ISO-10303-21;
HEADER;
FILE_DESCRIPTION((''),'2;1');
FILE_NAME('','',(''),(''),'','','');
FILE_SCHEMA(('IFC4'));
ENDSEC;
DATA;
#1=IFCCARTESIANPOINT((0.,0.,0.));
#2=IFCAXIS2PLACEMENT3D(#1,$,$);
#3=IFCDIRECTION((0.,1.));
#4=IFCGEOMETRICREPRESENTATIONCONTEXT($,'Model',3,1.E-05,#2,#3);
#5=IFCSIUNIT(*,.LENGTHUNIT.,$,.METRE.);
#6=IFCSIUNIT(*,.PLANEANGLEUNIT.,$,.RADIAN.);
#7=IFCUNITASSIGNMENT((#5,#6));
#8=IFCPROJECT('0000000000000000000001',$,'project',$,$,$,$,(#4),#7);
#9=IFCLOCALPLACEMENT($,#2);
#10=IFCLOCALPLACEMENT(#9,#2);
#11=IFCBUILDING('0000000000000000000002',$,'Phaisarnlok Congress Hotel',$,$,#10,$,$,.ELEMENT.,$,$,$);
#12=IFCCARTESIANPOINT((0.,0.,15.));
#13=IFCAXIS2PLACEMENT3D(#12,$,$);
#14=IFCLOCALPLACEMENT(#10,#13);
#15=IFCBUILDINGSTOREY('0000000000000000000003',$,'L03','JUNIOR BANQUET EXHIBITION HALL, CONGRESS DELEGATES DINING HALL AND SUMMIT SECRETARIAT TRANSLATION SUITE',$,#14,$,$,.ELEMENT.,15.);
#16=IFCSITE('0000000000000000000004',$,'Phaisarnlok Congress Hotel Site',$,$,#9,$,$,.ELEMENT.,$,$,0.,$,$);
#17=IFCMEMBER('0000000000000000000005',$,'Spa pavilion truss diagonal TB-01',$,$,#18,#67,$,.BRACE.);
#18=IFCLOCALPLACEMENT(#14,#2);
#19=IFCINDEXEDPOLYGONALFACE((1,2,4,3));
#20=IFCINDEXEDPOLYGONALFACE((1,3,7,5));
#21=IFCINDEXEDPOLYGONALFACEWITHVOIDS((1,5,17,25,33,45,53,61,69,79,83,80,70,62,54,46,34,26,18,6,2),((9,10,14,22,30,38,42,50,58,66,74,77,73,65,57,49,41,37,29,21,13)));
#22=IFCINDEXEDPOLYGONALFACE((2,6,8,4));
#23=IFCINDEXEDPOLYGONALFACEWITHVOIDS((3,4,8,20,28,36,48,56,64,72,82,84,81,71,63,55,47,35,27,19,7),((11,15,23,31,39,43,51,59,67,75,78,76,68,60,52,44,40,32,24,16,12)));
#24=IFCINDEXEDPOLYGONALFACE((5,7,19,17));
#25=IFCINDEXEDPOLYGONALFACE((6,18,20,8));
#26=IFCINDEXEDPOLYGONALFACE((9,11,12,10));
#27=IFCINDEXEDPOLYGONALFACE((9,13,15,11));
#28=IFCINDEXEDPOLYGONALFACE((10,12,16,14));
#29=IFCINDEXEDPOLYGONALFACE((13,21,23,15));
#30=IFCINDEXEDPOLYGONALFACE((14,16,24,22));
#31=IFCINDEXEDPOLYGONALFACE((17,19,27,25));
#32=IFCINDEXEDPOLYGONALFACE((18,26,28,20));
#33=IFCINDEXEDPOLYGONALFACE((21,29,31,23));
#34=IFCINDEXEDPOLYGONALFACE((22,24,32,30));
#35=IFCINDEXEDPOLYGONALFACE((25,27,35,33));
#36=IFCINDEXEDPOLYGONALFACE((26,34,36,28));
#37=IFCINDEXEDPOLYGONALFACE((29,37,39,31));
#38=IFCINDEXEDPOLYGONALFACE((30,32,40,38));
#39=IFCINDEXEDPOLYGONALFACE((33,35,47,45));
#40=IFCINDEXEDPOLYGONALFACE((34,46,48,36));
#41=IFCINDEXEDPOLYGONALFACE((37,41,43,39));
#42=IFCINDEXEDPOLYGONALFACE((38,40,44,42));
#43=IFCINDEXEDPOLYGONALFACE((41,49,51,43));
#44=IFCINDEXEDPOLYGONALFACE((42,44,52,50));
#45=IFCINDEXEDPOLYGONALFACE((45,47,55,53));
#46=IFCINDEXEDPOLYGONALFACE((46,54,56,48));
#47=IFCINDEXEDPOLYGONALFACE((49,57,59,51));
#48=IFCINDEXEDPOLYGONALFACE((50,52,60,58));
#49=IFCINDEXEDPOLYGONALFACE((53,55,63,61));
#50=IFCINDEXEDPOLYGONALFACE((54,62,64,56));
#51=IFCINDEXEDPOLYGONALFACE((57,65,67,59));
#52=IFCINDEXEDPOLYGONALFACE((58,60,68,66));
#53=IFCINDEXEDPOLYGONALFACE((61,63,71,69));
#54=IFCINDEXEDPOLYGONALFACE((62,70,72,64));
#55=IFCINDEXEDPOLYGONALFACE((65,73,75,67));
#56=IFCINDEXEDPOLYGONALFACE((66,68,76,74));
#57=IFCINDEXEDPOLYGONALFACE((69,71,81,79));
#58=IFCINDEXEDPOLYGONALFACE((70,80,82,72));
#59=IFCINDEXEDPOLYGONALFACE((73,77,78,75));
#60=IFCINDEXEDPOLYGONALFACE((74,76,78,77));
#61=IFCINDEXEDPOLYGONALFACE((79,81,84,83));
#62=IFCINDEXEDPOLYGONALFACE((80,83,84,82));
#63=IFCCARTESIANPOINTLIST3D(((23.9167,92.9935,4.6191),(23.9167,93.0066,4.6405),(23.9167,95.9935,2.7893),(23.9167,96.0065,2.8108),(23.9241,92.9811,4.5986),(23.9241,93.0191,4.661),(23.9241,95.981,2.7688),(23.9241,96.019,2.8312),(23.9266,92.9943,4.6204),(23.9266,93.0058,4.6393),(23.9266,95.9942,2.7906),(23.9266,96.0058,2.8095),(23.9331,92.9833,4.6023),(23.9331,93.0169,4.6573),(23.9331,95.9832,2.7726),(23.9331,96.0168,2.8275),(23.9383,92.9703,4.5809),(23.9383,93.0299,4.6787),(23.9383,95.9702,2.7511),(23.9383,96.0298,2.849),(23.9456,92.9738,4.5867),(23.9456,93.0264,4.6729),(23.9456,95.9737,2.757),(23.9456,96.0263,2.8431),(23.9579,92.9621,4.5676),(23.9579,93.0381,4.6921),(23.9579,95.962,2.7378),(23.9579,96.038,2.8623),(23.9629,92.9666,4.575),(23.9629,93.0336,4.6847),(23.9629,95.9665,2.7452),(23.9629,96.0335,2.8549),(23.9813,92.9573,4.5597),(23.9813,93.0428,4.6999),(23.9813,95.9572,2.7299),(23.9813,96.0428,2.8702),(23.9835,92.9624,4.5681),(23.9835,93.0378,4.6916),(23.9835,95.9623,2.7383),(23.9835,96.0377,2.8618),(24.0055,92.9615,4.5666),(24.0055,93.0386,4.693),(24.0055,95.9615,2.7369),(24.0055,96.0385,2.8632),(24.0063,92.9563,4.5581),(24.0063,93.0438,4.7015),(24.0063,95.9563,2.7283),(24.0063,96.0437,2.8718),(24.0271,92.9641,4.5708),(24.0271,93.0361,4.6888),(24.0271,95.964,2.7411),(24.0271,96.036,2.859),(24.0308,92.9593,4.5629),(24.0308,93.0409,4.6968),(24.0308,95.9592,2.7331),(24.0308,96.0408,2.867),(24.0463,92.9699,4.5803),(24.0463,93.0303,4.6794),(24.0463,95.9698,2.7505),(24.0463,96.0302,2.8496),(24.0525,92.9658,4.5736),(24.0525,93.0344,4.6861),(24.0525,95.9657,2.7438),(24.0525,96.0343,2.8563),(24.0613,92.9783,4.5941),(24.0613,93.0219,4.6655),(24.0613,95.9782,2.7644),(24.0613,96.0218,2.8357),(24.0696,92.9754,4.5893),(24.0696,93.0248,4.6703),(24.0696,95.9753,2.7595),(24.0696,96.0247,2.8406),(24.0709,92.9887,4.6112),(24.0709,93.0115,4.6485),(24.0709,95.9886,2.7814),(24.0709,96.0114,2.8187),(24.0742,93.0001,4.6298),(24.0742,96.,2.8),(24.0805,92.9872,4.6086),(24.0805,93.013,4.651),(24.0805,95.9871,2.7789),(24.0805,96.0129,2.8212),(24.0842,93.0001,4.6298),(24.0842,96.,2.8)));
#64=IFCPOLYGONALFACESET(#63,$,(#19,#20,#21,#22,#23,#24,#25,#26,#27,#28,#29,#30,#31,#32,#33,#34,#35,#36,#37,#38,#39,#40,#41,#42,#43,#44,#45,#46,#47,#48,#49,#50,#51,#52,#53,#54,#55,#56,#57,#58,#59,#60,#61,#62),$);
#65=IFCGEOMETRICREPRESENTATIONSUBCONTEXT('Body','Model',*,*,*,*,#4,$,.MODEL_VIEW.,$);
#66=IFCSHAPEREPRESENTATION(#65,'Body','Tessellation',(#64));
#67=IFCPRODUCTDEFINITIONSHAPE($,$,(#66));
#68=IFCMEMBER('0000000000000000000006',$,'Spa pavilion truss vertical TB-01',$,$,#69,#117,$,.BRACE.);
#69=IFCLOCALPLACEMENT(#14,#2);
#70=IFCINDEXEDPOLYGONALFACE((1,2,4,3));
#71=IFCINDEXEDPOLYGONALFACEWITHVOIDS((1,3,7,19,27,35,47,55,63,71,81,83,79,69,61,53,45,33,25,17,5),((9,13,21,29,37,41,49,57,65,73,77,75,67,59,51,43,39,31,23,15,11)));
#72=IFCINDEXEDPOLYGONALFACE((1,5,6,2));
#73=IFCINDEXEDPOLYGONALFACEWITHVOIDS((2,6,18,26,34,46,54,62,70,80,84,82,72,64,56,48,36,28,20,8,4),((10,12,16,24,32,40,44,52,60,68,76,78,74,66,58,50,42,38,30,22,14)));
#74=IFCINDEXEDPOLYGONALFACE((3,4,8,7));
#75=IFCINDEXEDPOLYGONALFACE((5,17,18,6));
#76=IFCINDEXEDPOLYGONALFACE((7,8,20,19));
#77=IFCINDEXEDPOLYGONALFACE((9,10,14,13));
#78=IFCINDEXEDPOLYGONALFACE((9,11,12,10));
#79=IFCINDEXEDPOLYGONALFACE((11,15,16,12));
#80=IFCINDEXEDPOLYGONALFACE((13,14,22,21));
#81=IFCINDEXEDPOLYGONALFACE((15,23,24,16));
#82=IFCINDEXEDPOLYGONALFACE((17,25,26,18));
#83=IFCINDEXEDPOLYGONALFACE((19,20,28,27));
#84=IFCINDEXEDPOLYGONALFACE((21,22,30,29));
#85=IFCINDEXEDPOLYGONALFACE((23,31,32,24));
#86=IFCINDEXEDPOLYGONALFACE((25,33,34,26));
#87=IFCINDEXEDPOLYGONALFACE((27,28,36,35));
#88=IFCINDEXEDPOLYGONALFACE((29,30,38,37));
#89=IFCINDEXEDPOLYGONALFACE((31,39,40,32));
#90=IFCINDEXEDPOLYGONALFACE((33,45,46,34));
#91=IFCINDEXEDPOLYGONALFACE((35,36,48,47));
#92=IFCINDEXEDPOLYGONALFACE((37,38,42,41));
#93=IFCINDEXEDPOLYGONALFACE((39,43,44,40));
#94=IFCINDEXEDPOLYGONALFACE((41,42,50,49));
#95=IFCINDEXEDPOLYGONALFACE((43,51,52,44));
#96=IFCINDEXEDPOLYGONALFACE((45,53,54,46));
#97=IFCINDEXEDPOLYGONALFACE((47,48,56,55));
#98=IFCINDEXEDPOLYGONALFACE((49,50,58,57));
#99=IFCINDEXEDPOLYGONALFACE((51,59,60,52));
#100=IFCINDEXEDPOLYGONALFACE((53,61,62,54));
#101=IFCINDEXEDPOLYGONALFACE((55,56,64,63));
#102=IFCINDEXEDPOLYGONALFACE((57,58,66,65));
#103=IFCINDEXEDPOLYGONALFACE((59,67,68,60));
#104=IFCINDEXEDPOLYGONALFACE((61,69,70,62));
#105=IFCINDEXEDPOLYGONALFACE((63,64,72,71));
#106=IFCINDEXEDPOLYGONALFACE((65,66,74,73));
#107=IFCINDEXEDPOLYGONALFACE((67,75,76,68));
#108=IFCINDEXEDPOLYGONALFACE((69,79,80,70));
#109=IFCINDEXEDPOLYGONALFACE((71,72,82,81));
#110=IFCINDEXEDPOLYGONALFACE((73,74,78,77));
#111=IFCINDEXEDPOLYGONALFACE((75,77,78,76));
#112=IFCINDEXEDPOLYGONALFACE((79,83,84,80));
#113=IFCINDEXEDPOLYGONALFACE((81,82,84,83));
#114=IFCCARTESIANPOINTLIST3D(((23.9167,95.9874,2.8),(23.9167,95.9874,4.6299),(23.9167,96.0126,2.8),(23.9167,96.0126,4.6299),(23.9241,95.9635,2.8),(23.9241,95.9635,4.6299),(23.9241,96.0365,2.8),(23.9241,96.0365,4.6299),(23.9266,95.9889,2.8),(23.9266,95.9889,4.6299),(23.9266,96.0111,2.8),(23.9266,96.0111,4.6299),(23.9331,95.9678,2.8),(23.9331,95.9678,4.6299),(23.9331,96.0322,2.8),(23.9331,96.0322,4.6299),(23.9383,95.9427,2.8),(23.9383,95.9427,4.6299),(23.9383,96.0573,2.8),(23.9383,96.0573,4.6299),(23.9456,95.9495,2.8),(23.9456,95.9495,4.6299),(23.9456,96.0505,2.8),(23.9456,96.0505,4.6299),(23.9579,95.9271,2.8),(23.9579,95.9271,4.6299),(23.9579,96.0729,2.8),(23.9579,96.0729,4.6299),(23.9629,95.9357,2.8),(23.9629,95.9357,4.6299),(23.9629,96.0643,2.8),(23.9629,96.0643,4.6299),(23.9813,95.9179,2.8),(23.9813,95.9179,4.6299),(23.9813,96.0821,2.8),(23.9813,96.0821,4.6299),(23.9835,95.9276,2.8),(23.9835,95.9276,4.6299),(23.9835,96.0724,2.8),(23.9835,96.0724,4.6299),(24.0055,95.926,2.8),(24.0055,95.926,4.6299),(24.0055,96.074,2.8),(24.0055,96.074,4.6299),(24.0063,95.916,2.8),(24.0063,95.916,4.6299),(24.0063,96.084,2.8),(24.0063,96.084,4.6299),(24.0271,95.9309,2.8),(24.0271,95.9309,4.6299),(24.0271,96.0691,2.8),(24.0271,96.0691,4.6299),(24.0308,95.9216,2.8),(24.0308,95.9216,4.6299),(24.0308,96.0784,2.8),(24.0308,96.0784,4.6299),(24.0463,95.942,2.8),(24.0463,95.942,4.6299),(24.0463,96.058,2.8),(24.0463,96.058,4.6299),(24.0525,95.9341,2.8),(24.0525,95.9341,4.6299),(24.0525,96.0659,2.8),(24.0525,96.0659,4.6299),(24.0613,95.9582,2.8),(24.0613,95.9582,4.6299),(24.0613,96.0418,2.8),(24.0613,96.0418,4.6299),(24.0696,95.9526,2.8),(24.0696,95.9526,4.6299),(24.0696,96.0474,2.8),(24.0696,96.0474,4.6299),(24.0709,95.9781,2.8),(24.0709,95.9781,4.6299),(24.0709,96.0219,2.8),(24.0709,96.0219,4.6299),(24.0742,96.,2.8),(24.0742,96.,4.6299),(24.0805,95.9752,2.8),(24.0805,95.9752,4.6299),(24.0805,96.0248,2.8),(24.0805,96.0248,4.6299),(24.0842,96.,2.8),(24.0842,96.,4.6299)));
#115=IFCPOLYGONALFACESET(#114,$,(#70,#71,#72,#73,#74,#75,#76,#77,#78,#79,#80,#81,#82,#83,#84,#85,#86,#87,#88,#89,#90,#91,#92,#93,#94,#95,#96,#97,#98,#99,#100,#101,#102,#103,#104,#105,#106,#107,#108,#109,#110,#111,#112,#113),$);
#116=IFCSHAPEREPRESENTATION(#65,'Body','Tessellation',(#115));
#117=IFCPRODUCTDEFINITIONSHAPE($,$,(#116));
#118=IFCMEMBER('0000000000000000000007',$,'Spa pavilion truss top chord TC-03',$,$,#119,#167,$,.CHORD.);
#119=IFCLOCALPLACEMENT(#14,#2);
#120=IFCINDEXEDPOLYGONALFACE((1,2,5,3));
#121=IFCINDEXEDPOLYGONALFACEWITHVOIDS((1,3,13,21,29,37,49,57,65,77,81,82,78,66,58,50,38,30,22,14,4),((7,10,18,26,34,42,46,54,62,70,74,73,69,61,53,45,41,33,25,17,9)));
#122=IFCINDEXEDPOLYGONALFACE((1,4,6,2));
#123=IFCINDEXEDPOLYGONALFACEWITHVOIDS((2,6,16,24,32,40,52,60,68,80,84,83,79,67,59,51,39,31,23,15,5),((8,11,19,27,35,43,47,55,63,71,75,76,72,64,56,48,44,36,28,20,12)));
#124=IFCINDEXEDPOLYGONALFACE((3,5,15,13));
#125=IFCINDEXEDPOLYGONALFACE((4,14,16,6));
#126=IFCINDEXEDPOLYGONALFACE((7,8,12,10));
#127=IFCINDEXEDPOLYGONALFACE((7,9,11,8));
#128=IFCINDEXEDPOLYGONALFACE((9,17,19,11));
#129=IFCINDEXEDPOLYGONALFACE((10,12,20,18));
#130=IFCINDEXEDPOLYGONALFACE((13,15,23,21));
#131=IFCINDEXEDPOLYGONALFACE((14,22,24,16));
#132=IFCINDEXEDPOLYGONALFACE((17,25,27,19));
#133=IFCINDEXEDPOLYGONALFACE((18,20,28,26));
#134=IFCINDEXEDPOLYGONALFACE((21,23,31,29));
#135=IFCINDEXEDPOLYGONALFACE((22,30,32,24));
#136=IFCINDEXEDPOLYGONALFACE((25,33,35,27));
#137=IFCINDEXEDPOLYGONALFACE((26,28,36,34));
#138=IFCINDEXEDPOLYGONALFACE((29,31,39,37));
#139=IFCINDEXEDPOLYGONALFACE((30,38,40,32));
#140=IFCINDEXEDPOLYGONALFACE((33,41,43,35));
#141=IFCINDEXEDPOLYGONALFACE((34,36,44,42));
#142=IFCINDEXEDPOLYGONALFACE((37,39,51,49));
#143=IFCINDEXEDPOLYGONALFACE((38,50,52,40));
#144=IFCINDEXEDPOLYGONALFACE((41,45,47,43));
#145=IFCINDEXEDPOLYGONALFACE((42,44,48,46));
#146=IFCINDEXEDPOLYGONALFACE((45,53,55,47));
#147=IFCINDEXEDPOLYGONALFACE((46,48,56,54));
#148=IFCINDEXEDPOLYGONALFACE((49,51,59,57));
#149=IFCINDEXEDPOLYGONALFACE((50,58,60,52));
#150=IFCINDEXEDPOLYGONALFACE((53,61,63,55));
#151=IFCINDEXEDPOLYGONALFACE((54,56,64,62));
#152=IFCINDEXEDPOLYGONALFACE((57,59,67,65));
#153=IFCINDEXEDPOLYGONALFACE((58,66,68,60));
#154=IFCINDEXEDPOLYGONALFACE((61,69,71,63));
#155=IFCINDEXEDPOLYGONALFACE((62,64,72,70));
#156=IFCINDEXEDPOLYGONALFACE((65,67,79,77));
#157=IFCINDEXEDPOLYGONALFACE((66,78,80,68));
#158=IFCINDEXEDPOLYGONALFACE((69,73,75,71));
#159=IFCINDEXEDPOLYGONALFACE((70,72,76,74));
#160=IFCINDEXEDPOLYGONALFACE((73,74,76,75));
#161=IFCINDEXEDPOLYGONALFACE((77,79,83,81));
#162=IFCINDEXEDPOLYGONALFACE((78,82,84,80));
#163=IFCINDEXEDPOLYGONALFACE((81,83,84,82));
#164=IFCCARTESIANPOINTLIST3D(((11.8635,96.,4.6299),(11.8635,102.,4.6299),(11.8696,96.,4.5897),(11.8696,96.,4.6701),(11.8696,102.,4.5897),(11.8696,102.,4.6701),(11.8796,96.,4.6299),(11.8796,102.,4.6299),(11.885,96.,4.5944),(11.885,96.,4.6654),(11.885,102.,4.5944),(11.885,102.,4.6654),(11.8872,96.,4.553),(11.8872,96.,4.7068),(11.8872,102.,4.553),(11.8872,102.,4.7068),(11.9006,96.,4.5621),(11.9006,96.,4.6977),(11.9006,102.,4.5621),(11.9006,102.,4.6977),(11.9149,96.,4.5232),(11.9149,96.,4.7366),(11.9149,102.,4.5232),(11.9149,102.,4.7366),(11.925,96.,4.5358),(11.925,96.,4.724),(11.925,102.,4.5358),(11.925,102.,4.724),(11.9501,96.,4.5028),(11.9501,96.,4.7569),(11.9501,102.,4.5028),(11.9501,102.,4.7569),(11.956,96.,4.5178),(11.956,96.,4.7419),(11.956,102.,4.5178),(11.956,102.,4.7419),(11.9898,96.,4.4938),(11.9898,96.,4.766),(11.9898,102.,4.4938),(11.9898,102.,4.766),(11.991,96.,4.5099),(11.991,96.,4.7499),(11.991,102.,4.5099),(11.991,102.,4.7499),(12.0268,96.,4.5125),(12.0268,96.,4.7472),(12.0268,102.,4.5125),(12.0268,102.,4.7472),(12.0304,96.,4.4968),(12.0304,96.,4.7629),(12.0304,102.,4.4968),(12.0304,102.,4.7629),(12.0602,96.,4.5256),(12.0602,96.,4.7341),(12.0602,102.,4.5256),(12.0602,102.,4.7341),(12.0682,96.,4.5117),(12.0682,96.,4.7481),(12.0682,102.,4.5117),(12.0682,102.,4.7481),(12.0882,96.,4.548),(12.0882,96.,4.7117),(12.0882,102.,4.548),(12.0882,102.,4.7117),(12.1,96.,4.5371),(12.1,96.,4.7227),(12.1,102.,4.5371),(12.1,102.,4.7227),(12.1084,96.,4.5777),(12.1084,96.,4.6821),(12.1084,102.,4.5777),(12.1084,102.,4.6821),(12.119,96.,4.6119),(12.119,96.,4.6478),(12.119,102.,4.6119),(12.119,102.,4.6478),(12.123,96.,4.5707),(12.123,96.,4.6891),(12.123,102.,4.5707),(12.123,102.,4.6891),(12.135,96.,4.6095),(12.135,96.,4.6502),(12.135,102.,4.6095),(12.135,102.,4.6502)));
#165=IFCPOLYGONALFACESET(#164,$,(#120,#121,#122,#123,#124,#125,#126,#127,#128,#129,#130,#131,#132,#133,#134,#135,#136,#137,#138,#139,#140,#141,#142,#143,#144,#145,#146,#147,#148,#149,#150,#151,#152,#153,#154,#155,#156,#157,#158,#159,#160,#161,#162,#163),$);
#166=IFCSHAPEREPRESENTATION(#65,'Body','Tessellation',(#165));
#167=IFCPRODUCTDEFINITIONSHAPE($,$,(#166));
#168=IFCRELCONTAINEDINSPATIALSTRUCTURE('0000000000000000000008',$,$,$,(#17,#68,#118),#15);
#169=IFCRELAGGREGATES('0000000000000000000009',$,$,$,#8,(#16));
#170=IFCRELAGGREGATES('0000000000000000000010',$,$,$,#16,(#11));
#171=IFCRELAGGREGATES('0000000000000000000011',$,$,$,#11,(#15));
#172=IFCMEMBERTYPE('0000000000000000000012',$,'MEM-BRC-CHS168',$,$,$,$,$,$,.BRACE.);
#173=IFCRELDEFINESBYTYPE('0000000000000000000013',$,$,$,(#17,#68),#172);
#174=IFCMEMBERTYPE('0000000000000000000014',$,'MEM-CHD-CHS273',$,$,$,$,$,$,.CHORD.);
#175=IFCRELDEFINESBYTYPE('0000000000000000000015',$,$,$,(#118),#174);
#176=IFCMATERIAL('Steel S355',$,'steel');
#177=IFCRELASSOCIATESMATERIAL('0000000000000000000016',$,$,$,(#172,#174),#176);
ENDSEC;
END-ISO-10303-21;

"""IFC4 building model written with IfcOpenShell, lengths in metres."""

from ifc_helpers import new_model, si_unit, direction, frame, origin, origin_2d, place, context, subcontext, project, spatial, hollow_circle, extrude, material, material_profile, profile_set, type_object, element, save


model = new_model("IFC4")

# Units and contexts
model_context = context("Model", 3, precision=1e-05, world=origin(), true_north=direction((0.0, 1.0)))
body_context = subcontext(model_context, "Body", "Model", "MODEL_VIEW")
ifc_project = project(units=[si_unit("LENGTHUNIT", "METRE"), si_unit("PLANEANGLEUNIT", "RADIAN")], contexts=[model_context])

# Site, building, storey
site_placement = place(None, origin())
site = spatial("IfcSite", under=ifc_project, at=site_placement, Name="Phaisarnlok Congress Hotel Site", CompositionType="ELEMENT", RefElevation=0.0)
building_placement = place(site_placement, origin())
building = spatial("IfcBuilding", under=site, at=building_placement, Name="Phaisarnlok Congress Hotel", CompositionType="ELEMENT")
storey_placement = place(building_placement, frame((0.0, 0.0, 15.0)))
storey = spatial("IfcBuildingStorey", under=building, at=storey_placement, Name="L03", Description="JUNIOR BANQUET EXHIBITION HALL, CONGRESS DELEGATES DINING HALL AND SUMMIT SECRETARIAT TRANSLATION SUITE", CompositionType="ELEMENT", Elevation=15.0)

# Members
ifc_material = material(Name="Steel S355", Category="steel")
ifc_material_profile_1 = material_profile(ifc_material, hollow_circle(Radius=0.0842, WallThickness=0.01, at=origin_2d()), Name="CHS 168.3x10")
ifc_profile_set_1 = profile_set([ifc_material_profile_1], Name="Steel S355")
member_type_1 = type_object("IfcMemberType", Name="MEM-BRC-CHS168", PredefinedType="BRACE", material=ifc_profile_set_1)
for number, where, z_axis, x_axis, name in (
    (1, (24.0, 96.0, 2.8), (0.0, -0.853725, 0.520725), (1.0, 0.0, 0.0), "Spa pavilion truss diagonal TB-01"),
):
    element("IfcMember", number, at=place(storey_placement, frame(where, z_axis=z_axis, x_axis=x_axis)), inside=storey, type_object=member_type_1, Name=name, PredefinedType="BRACE", context=body_context, shape_type="SweptSolid", body=[
        extrude(hollow_circle(Radius=0.0842, WallThickness=0.01, at=origin_2d()), origin(), (0.0, 0.0, 1.0), 3.5139),
    ])
member_1_placement = place(storey_placement, frame((24.0, 96.0, 2.8), z_axis=(0.0, 0.0, 1.0), x_axis=(1.0, 0.0, 0.0)))
element("IfcMember", 2, at=member_1_placement, inside=storey, type_object=member_type_1, Name="Spa pavilion truss vertical TB-01", PredefinedType="BRACE", context=body_context, shape_type="SweptSolid", body=[
    extrude(hollow_circle(Radius=0.0842, WallThickness=0.01, at=origin_2d()), origin(), (0.0, 0.0, 1.0), 1.8298),
])
ifc_material_profile_2 = material_profile(ifc_material, hollow_circle(Radius=0.1365, WallThickness=0.0161, at=origin_2d()), Name="CHS 273x16")
ifc_profile_set_2 = profile_set([ifc_material_profile_2], Name="Steel S355")
member_type_2 = type_object("IfcMemberType", Name="MEM-CHD-CHS273", PredefinedType="CHORD", material=ifc_profile_set_2)
for number, where, z_axis, x_axis, name in (
    (3, (12.0, 96.0, 4.6299), (0.0, 1.0, 0.0), (-1.0, 0.0, 0.0), "Spa pavilion truss top chord TC-03"),
):
    element("IfcMember", number, at=place(storey_placement, frame(where, z_axis=z_axis, x_axis=x_axis)), inside=storey, type_object=member_type_2, Name=name, PredefinedType="CHORD", context=body_context, shape_type="SweptSolid", body=[
        extrude(hollow_circle(Radius=0.1365, WallThickness=0.0161, at=origin_2d()), origin(), (0.0, 0.0, 1.0), 6.0),
    ])

save(model, "model.ifc")
